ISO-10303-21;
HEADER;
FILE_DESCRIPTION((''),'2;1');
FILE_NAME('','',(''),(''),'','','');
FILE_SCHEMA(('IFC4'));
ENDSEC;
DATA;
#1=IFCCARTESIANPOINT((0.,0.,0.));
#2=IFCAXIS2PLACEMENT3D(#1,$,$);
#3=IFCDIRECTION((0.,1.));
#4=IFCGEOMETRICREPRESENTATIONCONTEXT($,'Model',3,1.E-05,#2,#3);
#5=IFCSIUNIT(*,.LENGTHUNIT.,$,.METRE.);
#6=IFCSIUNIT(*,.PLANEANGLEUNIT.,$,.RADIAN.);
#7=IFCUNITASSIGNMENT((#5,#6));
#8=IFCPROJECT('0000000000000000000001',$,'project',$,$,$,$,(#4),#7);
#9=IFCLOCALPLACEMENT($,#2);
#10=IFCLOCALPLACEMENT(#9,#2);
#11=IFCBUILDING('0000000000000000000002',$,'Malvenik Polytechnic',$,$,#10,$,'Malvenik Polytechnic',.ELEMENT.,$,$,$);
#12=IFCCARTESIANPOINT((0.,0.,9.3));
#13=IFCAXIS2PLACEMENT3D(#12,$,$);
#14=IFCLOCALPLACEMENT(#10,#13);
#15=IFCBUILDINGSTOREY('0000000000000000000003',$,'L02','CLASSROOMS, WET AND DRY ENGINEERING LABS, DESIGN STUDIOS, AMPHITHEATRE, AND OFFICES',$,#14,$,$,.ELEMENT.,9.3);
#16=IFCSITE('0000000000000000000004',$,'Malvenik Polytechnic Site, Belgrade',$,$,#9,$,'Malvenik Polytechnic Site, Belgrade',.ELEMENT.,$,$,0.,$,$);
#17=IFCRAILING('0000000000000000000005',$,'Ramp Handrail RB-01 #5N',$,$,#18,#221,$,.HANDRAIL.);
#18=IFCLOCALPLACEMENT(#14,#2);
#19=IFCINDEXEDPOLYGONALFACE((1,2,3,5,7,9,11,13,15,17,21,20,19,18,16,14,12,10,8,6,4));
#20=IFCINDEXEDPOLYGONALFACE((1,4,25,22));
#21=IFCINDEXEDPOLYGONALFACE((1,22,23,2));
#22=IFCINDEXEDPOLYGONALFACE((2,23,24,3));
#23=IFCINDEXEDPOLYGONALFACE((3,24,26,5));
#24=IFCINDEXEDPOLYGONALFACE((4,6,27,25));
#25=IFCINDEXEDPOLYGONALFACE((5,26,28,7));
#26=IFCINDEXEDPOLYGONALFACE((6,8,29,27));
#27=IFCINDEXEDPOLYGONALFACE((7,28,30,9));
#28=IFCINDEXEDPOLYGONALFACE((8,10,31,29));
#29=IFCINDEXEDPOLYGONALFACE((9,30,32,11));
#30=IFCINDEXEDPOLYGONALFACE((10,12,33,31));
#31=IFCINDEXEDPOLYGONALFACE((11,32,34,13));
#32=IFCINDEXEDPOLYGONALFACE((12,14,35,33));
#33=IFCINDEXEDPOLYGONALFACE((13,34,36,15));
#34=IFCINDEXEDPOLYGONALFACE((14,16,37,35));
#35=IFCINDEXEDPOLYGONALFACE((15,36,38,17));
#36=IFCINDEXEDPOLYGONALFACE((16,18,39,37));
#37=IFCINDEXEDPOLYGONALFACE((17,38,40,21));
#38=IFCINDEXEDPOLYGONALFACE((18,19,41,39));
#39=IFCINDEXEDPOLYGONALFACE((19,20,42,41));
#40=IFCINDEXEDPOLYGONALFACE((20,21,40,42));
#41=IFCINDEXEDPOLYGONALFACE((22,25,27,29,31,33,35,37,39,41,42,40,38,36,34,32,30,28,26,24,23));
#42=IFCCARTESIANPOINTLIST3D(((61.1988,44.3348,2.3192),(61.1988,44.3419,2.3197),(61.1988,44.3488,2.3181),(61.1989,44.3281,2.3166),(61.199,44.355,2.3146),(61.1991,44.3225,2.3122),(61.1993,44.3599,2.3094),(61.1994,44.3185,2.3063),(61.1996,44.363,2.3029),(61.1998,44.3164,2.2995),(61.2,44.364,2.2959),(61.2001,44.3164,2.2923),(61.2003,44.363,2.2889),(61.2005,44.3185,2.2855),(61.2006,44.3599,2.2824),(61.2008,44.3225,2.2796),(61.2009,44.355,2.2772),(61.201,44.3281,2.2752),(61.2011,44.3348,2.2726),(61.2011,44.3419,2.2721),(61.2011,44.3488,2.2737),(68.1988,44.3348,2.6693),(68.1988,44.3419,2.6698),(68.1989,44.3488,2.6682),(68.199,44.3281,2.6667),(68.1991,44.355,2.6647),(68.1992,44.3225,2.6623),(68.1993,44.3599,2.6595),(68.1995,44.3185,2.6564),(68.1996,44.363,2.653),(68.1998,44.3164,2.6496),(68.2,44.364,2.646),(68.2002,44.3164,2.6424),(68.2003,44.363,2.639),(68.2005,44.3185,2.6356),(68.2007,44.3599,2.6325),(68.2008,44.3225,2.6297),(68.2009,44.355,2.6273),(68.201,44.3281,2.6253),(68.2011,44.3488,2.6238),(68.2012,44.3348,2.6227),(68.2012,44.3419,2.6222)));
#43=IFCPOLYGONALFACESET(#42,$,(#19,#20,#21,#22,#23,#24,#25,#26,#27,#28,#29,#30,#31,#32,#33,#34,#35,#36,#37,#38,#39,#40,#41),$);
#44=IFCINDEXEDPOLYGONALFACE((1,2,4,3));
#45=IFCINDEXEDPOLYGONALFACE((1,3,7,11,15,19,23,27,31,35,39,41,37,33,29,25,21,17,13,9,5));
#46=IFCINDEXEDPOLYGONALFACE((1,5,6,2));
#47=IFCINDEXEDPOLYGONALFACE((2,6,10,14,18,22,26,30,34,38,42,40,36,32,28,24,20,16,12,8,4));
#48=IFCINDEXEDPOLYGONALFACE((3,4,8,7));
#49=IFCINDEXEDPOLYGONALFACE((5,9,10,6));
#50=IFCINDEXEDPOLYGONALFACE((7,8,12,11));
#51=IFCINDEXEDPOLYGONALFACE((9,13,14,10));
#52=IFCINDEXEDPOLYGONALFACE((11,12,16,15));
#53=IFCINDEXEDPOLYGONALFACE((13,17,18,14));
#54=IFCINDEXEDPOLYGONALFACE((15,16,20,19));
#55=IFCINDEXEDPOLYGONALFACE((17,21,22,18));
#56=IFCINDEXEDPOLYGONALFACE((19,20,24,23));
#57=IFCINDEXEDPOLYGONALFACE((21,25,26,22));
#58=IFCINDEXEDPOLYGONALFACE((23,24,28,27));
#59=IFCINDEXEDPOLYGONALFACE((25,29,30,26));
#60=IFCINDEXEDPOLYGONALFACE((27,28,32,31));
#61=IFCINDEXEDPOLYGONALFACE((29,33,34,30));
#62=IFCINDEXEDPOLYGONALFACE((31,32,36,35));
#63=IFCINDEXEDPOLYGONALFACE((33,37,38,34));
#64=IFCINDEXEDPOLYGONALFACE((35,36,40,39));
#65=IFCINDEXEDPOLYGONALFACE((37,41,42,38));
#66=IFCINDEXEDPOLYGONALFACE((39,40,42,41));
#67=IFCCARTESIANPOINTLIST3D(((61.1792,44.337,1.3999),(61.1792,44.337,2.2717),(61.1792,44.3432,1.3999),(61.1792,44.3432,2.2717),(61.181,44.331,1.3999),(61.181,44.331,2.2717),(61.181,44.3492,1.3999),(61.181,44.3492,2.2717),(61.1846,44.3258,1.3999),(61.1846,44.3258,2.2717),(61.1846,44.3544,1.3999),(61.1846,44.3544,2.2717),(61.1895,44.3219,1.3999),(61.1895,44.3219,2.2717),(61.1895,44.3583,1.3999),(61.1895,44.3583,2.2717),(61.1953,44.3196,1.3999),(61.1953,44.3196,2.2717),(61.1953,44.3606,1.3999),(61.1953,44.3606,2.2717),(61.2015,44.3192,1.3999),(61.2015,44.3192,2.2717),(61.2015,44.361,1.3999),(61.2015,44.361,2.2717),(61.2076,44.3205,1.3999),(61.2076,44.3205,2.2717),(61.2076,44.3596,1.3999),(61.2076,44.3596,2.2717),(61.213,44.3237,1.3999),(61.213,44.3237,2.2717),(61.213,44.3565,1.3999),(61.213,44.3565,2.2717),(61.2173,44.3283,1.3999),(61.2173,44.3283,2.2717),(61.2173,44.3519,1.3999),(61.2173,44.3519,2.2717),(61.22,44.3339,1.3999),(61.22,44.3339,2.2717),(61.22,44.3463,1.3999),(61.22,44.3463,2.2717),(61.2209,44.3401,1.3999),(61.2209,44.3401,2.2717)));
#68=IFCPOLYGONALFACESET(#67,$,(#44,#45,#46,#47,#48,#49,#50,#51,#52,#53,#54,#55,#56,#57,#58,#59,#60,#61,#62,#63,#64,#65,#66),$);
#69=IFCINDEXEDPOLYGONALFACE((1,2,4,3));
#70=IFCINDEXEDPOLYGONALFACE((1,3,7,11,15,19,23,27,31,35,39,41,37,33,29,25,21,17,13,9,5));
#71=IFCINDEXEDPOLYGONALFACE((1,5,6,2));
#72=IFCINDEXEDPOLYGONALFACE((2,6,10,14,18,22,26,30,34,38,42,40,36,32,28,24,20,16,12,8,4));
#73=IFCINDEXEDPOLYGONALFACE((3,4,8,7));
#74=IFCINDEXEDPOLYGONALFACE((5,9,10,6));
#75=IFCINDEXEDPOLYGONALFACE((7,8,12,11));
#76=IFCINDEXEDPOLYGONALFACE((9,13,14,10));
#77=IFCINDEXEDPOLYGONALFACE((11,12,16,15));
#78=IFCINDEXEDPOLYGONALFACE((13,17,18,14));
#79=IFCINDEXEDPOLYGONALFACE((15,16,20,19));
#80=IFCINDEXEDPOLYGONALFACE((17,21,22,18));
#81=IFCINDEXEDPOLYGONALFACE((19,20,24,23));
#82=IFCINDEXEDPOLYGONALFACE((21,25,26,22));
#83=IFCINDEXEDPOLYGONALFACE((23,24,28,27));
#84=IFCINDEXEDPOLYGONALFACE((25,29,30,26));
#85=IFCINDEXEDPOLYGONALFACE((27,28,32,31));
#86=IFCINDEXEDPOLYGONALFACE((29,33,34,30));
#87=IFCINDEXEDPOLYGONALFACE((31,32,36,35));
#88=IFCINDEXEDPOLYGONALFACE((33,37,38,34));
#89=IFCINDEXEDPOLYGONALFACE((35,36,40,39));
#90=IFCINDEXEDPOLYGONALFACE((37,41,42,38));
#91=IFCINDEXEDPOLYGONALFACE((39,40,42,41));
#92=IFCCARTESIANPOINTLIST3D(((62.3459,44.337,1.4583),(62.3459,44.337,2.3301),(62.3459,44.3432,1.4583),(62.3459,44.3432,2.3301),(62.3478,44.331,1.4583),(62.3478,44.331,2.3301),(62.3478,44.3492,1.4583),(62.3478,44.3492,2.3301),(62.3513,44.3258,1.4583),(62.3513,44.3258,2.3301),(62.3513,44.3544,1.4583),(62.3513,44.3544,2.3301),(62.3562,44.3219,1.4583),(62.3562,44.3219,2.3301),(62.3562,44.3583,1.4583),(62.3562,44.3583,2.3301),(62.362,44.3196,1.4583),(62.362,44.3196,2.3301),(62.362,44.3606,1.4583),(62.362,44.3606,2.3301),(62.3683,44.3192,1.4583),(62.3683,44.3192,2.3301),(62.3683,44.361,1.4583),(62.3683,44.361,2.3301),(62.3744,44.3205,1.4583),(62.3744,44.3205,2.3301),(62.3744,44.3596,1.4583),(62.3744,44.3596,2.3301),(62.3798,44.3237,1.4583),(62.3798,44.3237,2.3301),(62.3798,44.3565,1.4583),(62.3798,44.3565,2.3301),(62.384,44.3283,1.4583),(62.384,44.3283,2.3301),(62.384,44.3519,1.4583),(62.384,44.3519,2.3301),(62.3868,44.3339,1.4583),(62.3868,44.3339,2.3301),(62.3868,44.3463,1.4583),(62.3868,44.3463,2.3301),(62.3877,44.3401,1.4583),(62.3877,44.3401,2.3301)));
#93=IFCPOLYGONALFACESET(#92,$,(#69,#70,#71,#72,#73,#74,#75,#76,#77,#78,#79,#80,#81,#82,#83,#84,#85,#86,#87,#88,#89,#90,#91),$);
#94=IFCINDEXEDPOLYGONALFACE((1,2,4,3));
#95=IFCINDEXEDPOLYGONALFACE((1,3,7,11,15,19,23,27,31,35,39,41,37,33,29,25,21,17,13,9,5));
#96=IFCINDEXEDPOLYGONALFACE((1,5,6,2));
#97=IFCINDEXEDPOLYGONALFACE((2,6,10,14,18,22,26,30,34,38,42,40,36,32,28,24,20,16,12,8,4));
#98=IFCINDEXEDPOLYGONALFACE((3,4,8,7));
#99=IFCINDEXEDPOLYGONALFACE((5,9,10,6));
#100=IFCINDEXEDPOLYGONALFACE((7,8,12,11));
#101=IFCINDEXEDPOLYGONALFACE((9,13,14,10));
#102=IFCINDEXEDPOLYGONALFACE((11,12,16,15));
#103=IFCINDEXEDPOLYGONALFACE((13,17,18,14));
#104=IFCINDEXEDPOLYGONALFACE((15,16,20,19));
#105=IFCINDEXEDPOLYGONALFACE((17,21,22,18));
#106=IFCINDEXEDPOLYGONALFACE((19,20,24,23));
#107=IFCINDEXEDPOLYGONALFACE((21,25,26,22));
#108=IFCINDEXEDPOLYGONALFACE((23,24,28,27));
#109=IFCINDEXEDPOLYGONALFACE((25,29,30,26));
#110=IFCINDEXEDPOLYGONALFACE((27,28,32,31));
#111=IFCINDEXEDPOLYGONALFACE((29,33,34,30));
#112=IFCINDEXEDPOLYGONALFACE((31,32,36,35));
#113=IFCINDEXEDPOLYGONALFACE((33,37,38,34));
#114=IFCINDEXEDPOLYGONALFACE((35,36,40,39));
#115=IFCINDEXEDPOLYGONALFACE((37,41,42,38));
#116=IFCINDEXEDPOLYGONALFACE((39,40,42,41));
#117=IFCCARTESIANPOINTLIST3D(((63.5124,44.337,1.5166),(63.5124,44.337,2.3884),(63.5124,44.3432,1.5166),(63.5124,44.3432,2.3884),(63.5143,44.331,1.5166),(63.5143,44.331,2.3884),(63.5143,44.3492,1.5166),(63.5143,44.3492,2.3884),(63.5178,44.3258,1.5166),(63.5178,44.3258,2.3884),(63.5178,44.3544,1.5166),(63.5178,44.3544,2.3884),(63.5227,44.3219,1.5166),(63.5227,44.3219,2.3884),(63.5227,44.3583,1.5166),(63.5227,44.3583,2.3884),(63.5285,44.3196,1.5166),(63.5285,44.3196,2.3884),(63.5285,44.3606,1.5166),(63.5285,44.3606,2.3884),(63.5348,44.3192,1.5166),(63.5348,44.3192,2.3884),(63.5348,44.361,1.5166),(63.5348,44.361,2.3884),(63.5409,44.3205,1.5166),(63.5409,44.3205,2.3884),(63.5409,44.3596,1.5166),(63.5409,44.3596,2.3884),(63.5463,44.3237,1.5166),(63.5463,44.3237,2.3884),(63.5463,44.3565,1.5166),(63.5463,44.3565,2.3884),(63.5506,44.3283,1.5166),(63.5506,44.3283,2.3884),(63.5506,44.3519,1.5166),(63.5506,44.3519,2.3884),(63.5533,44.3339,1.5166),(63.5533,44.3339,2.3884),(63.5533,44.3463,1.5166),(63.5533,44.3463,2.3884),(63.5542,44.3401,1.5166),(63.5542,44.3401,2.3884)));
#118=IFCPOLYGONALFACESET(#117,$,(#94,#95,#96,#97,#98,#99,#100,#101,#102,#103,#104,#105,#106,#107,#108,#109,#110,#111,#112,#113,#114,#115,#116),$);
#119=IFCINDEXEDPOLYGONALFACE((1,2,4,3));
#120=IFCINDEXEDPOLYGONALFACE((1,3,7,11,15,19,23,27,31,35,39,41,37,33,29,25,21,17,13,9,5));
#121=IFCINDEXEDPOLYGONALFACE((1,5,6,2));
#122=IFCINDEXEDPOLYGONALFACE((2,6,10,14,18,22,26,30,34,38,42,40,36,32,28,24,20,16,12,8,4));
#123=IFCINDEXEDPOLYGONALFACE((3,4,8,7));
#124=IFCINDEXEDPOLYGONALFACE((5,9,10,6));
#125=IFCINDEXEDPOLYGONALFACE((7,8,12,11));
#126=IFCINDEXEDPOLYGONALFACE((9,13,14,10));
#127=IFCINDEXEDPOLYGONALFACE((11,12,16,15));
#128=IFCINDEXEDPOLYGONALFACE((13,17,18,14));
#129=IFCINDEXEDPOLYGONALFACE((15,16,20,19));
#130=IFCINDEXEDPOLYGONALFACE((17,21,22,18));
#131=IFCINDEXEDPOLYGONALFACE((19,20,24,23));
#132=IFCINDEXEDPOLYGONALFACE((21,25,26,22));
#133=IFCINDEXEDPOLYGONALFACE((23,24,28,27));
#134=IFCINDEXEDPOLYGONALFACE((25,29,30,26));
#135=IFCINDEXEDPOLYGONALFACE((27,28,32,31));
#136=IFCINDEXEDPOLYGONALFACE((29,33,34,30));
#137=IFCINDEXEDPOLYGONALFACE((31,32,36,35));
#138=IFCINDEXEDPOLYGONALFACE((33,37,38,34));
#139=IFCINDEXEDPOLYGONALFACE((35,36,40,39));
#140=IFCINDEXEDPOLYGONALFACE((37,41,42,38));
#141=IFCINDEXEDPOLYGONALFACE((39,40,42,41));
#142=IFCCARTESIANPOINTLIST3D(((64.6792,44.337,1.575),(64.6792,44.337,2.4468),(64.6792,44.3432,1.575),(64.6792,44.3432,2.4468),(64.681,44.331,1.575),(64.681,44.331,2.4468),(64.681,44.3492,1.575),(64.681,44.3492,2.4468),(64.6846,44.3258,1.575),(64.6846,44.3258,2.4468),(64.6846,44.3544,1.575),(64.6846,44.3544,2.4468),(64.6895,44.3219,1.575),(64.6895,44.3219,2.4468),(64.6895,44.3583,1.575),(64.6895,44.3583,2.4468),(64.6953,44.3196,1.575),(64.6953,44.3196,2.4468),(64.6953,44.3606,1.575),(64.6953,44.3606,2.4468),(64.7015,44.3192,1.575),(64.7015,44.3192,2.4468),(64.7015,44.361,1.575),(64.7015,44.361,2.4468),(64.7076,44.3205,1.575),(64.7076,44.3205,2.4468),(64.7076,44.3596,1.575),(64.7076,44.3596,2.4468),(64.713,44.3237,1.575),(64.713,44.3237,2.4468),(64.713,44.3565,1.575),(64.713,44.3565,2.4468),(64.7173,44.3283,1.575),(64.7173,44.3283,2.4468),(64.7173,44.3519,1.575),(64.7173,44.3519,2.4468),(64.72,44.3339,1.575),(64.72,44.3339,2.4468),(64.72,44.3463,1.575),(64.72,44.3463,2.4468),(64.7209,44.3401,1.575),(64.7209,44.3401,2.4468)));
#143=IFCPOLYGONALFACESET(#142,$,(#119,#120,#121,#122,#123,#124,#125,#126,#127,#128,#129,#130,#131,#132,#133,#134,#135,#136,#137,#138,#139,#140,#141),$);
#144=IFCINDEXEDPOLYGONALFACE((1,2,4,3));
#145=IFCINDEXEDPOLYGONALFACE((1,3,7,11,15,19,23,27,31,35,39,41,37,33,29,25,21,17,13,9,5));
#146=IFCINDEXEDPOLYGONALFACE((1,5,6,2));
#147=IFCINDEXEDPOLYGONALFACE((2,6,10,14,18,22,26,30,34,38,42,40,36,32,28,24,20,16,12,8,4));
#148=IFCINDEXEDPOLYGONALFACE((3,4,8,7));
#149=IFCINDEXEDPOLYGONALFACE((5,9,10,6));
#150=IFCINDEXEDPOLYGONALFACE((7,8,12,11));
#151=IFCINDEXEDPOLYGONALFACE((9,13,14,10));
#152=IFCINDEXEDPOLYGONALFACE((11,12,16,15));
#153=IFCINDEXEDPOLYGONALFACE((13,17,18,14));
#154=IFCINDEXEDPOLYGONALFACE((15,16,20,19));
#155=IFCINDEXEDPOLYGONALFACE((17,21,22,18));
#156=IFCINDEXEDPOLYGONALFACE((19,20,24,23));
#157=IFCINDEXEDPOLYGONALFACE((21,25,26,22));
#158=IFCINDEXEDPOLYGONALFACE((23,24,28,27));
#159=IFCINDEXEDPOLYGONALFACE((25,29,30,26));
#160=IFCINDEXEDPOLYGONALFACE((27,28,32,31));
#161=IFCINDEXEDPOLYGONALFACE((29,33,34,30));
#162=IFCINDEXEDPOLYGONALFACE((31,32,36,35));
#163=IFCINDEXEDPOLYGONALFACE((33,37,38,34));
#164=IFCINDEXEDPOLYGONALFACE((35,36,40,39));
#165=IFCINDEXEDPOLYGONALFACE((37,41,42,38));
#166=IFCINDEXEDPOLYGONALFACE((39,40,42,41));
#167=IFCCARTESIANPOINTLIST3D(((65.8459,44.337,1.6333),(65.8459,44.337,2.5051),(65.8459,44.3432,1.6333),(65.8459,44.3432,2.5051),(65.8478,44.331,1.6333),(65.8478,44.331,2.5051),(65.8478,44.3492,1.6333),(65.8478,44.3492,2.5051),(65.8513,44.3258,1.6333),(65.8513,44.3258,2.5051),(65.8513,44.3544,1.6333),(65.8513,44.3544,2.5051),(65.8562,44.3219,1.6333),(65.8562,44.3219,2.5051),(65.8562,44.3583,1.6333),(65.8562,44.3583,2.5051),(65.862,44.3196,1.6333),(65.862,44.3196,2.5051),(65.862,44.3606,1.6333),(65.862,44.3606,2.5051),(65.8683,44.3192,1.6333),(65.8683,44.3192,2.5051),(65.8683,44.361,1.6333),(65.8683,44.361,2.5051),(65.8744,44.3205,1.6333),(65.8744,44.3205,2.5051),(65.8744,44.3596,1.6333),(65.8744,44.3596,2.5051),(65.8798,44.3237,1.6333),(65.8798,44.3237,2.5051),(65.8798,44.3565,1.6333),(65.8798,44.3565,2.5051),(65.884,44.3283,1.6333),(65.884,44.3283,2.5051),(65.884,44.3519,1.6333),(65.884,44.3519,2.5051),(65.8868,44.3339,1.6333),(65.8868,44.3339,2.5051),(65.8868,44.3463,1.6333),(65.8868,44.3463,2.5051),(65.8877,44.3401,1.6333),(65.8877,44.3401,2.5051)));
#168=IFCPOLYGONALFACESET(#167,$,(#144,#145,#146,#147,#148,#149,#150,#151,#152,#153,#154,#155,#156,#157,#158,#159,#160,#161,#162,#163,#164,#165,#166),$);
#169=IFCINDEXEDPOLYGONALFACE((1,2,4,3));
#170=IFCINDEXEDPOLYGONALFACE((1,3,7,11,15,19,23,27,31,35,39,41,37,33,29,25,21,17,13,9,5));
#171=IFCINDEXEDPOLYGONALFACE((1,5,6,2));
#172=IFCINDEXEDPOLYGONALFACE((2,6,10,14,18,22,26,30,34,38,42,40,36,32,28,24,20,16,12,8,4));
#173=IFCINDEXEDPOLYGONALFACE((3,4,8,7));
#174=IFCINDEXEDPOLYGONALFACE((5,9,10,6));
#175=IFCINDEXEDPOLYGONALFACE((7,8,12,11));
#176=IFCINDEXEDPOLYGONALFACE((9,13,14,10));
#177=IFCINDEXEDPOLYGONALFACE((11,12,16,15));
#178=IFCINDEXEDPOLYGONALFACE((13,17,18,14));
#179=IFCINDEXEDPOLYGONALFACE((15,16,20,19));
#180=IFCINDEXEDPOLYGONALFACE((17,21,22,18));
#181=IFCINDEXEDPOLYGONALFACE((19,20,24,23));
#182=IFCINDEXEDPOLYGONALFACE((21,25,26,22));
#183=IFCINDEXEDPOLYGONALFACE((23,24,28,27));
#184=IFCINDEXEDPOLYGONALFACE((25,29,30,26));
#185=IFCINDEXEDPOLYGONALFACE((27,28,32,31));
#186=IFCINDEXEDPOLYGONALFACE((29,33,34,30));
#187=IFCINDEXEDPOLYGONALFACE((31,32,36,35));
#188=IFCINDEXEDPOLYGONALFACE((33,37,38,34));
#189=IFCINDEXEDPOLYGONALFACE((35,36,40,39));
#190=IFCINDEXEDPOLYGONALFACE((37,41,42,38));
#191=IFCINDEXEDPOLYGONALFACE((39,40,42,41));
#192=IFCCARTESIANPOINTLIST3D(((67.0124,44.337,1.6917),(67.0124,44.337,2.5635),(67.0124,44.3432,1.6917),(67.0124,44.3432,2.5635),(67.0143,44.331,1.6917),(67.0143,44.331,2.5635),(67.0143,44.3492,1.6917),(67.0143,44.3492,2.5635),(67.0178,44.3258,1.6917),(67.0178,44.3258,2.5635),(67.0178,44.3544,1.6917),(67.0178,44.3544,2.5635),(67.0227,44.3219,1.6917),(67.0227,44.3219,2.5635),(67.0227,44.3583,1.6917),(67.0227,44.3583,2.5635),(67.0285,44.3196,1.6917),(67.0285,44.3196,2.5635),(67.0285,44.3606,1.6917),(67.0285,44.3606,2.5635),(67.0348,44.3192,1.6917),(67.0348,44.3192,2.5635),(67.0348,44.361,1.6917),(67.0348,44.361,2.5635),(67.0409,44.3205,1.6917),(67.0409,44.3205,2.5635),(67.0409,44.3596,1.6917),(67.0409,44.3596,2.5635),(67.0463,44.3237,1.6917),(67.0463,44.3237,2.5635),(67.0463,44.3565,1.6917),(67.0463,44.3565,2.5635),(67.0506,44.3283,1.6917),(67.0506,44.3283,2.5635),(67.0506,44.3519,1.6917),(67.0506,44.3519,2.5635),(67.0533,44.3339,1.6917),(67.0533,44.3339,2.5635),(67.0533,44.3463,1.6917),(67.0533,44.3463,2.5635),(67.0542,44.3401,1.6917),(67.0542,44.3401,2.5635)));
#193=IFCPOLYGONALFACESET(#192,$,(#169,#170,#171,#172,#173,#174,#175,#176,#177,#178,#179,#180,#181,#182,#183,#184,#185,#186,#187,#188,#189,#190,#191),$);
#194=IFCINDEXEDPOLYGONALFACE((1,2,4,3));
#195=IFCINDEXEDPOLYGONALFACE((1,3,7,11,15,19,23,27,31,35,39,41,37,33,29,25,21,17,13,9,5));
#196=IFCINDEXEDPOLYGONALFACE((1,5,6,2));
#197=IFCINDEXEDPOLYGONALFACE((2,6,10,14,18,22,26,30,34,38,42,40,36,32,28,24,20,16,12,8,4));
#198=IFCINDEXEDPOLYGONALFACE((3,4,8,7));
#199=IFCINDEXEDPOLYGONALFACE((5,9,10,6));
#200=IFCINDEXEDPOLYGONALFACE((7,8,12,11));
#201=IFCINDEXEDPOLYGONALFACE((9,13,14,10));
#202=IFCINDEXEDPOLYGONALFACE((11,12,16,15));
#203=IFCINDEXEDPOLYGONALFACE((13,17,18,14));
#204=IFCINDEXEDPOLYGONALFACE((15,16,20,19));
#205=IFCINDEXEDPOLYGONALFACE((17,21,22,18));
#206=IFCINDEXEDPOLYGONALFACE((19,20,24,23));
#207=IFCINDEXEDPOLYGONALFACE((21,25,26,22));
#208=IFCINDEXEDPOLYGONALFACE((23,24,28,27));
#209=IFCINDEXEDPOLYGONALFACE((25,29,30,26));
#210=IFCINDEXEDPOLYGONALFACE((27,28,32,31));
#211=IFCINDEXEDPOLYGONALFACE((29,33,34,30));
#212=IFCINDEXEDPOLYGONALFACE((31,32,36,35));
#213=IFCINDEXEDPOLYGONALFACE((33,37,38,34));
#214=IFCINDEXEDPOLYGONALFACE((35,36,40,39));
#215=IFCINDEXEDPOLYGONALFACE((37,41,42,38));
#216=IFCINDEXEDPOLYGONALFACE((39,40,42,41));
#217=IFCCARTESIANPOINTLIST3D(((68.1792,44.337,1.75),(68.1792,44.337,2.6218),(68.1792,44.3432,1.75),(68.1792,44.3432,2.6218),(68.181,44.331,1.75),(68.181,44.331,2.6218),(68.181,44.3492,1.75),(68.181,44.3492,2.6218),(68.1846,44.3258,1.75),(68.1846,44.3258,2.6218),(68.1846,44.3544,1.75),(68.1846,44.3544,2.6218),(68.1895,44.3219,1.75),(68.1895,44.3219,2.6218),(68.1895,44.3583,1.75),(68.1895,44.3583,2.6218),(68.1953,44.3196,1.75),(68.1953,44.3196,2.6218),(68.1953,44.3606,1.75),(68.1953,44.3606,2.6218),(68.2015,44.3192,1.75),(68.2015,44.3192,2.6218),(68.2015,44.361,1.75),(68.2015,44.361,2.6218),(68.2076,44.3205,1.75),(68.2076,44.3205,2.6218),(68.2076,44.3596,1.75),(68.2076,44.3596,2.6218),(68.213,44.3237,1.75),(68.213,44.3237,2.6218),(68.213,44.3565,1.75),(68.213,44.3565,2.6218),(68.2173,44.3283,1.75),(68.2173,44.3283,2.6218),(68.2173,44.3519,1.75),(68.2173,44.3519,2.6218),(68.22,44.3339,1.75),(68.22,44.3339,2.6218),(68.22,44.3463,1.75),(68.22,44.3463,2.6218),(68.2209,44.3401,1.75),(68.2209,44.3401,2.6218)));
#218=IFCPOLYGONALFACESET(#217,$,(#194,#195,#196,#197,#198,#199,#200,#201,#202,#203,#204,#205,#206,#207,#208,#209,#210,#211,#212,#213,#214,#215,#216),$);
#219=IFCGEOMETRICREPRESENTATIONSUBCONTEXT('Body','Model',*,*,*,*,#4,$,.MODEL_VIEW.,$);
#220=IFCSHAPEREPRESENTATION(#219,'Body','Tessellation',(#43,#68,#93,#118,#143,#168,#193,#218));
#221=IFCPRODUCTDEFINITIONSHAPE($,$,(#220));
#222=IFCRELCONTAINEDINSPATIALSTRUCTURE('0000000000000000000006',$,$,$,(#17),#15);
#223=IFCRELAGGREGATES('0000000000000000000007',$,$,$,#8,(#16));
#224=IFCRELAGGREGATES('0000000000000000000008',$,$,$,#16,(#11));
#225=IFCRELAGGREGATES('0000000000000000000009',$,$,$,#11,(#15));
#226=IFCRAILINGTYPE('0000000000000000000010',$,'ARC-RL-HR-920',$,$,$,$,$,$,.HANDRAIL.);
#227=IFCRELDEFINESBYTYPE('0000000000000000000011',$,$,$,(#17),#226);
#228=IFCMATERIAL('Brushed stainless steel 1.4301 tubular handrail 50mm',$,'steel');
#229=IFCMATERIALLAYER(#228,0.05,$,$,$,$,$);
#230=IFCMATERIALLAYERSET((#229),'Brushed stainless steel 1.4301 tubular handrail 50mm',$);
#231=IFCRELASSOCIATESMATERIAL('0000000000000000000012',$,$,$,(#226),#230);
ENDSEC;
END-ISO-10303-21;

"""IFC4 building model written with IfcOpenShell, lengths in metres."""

from ifc_helpers import new_model, si_unit, direction, frame, origin, origin_2d, place, context, subcontext, project, spatial, circle, extrude, material, layer, layer_set, type_object, element, save


model = new_model("IFC4")

# Units and contexts
model_context = context("Model", 3, precision=1e-05, world=origin(), true_north=direction((0.0, 1.0)))
body_context = subcontext(model_context, "Body", "Model", "MODEL_VIEW")
ifc_project = project(units=[si_unit("LENGTHUNIT", "METRE"), si_unit("PLANEANGLEUNIT", "RADIAN")], contexts=[model_context])

# Site, building, storey
site_placement = place(None, origin())
site = spatial("IfcSite", under=ifc_project, at=site_placement, Name="Malvenik Polytechnic Site, Belgrade", LongName="Malvenik Polytechnic Site, Belgrade", CompositionType="ELEMENT", RefElevation=0.0)
building_placement = place(site_placement, origin())
building = spatial("IfcBuilding", under=site, at=building_placement, Name="Malvenik Polytechnic", LongName="Malvenik Polytechnic", CompositionType="ELEMENT")
storey_placement = place(building_placement, frame((0.0, 0.0, 9.3)))
storey = spatial("IfcBuildingStorey", under=building, at=storey_placement, Name="L02", Description="CLASSROOMS, WET AND DRY ENGINEERING LABS, DESIGN STUDIOS, AMPHITHEATRE, AND OFFICES", CompositionType="ELEMENT", Elevation=9.3)

# Railing
ifc_material_1 = material(Name="Brushed stainless steel 1.4301 tubular handrail 50mm", Category="steel")
ifc_layer_1 = layer(ifc_material_1, 0.05)
ifc_layer_set_1 = layer_set([ifc_layer_1], Name="Brushed stainless steel 1.4301 tubular handrail 50mm")
railing_type_1 = type_object("IfcRailingType", Name="ARC-RL-HR-920", PredefinedType="HANDRAIL", material=ifc_layer_set_1)
railing_1_placement = place(storey_placement, frame((61.2, 44.3401, 1.3999)))
element("IfcRailing", 1, at=railing_1_placement, inside=storey, type_object=railing_type_1, Name="Ramp Handrail RB-01 #5N", PredefinedType="HANDRAIL", context=body_context, shape_type="SweptSolid", body=[
    extrude(circle(Radius=0.0239, at=origin_2d()), frame((0.0, 0.0, 0.896), z_axis=(0.998752, 0.0, 0.049952), x_axis=(0.0, 1.0, 0.0)), (0.0, 0.0, 1.0), 7.0088),
    extrude(circle(Radius=0.021, at=origin_2d()), origin(), (0.0, 0.0, 1.0), 0.8718),
    extrude(circle(Radius=0.021, at=origin_2d()), frame((1.1667, 0.0, 0.0583)), (0.0, 0.0, 1.0), 0.8718),
    extrude(circle(Radius=0.021, at=origin_2d()), frame((2.3333, 0.0, 0.1167)), (0.0, 0.0, 1.0), 0.8718),
    extrude(circle(Radius=0.021, at=origin_2d()), frame((3.5, 0.0, 0.175)), (0.0, 0.0, 1.0), 0.8718),
    extrude(circle(Radius=0.021, at=origin_2d()), frame((4.6667, 0.0, 0.2334)), (0.0, 0.0, 1.0), 0.8718),
    extrude(circle(Radius=0.021, at=origin_2d()), frame((5.8333, 0.0, 0.2917)), (0.0, 0.0, 1.0), 0.8718),
    extrude(circle(Radius=0.021, at=origin_2d()), frame((7.0, 0.0, 0.3501)), (0.0, 0.0, 1.0), 0.8718),
])

save(model, "model.ifc")
